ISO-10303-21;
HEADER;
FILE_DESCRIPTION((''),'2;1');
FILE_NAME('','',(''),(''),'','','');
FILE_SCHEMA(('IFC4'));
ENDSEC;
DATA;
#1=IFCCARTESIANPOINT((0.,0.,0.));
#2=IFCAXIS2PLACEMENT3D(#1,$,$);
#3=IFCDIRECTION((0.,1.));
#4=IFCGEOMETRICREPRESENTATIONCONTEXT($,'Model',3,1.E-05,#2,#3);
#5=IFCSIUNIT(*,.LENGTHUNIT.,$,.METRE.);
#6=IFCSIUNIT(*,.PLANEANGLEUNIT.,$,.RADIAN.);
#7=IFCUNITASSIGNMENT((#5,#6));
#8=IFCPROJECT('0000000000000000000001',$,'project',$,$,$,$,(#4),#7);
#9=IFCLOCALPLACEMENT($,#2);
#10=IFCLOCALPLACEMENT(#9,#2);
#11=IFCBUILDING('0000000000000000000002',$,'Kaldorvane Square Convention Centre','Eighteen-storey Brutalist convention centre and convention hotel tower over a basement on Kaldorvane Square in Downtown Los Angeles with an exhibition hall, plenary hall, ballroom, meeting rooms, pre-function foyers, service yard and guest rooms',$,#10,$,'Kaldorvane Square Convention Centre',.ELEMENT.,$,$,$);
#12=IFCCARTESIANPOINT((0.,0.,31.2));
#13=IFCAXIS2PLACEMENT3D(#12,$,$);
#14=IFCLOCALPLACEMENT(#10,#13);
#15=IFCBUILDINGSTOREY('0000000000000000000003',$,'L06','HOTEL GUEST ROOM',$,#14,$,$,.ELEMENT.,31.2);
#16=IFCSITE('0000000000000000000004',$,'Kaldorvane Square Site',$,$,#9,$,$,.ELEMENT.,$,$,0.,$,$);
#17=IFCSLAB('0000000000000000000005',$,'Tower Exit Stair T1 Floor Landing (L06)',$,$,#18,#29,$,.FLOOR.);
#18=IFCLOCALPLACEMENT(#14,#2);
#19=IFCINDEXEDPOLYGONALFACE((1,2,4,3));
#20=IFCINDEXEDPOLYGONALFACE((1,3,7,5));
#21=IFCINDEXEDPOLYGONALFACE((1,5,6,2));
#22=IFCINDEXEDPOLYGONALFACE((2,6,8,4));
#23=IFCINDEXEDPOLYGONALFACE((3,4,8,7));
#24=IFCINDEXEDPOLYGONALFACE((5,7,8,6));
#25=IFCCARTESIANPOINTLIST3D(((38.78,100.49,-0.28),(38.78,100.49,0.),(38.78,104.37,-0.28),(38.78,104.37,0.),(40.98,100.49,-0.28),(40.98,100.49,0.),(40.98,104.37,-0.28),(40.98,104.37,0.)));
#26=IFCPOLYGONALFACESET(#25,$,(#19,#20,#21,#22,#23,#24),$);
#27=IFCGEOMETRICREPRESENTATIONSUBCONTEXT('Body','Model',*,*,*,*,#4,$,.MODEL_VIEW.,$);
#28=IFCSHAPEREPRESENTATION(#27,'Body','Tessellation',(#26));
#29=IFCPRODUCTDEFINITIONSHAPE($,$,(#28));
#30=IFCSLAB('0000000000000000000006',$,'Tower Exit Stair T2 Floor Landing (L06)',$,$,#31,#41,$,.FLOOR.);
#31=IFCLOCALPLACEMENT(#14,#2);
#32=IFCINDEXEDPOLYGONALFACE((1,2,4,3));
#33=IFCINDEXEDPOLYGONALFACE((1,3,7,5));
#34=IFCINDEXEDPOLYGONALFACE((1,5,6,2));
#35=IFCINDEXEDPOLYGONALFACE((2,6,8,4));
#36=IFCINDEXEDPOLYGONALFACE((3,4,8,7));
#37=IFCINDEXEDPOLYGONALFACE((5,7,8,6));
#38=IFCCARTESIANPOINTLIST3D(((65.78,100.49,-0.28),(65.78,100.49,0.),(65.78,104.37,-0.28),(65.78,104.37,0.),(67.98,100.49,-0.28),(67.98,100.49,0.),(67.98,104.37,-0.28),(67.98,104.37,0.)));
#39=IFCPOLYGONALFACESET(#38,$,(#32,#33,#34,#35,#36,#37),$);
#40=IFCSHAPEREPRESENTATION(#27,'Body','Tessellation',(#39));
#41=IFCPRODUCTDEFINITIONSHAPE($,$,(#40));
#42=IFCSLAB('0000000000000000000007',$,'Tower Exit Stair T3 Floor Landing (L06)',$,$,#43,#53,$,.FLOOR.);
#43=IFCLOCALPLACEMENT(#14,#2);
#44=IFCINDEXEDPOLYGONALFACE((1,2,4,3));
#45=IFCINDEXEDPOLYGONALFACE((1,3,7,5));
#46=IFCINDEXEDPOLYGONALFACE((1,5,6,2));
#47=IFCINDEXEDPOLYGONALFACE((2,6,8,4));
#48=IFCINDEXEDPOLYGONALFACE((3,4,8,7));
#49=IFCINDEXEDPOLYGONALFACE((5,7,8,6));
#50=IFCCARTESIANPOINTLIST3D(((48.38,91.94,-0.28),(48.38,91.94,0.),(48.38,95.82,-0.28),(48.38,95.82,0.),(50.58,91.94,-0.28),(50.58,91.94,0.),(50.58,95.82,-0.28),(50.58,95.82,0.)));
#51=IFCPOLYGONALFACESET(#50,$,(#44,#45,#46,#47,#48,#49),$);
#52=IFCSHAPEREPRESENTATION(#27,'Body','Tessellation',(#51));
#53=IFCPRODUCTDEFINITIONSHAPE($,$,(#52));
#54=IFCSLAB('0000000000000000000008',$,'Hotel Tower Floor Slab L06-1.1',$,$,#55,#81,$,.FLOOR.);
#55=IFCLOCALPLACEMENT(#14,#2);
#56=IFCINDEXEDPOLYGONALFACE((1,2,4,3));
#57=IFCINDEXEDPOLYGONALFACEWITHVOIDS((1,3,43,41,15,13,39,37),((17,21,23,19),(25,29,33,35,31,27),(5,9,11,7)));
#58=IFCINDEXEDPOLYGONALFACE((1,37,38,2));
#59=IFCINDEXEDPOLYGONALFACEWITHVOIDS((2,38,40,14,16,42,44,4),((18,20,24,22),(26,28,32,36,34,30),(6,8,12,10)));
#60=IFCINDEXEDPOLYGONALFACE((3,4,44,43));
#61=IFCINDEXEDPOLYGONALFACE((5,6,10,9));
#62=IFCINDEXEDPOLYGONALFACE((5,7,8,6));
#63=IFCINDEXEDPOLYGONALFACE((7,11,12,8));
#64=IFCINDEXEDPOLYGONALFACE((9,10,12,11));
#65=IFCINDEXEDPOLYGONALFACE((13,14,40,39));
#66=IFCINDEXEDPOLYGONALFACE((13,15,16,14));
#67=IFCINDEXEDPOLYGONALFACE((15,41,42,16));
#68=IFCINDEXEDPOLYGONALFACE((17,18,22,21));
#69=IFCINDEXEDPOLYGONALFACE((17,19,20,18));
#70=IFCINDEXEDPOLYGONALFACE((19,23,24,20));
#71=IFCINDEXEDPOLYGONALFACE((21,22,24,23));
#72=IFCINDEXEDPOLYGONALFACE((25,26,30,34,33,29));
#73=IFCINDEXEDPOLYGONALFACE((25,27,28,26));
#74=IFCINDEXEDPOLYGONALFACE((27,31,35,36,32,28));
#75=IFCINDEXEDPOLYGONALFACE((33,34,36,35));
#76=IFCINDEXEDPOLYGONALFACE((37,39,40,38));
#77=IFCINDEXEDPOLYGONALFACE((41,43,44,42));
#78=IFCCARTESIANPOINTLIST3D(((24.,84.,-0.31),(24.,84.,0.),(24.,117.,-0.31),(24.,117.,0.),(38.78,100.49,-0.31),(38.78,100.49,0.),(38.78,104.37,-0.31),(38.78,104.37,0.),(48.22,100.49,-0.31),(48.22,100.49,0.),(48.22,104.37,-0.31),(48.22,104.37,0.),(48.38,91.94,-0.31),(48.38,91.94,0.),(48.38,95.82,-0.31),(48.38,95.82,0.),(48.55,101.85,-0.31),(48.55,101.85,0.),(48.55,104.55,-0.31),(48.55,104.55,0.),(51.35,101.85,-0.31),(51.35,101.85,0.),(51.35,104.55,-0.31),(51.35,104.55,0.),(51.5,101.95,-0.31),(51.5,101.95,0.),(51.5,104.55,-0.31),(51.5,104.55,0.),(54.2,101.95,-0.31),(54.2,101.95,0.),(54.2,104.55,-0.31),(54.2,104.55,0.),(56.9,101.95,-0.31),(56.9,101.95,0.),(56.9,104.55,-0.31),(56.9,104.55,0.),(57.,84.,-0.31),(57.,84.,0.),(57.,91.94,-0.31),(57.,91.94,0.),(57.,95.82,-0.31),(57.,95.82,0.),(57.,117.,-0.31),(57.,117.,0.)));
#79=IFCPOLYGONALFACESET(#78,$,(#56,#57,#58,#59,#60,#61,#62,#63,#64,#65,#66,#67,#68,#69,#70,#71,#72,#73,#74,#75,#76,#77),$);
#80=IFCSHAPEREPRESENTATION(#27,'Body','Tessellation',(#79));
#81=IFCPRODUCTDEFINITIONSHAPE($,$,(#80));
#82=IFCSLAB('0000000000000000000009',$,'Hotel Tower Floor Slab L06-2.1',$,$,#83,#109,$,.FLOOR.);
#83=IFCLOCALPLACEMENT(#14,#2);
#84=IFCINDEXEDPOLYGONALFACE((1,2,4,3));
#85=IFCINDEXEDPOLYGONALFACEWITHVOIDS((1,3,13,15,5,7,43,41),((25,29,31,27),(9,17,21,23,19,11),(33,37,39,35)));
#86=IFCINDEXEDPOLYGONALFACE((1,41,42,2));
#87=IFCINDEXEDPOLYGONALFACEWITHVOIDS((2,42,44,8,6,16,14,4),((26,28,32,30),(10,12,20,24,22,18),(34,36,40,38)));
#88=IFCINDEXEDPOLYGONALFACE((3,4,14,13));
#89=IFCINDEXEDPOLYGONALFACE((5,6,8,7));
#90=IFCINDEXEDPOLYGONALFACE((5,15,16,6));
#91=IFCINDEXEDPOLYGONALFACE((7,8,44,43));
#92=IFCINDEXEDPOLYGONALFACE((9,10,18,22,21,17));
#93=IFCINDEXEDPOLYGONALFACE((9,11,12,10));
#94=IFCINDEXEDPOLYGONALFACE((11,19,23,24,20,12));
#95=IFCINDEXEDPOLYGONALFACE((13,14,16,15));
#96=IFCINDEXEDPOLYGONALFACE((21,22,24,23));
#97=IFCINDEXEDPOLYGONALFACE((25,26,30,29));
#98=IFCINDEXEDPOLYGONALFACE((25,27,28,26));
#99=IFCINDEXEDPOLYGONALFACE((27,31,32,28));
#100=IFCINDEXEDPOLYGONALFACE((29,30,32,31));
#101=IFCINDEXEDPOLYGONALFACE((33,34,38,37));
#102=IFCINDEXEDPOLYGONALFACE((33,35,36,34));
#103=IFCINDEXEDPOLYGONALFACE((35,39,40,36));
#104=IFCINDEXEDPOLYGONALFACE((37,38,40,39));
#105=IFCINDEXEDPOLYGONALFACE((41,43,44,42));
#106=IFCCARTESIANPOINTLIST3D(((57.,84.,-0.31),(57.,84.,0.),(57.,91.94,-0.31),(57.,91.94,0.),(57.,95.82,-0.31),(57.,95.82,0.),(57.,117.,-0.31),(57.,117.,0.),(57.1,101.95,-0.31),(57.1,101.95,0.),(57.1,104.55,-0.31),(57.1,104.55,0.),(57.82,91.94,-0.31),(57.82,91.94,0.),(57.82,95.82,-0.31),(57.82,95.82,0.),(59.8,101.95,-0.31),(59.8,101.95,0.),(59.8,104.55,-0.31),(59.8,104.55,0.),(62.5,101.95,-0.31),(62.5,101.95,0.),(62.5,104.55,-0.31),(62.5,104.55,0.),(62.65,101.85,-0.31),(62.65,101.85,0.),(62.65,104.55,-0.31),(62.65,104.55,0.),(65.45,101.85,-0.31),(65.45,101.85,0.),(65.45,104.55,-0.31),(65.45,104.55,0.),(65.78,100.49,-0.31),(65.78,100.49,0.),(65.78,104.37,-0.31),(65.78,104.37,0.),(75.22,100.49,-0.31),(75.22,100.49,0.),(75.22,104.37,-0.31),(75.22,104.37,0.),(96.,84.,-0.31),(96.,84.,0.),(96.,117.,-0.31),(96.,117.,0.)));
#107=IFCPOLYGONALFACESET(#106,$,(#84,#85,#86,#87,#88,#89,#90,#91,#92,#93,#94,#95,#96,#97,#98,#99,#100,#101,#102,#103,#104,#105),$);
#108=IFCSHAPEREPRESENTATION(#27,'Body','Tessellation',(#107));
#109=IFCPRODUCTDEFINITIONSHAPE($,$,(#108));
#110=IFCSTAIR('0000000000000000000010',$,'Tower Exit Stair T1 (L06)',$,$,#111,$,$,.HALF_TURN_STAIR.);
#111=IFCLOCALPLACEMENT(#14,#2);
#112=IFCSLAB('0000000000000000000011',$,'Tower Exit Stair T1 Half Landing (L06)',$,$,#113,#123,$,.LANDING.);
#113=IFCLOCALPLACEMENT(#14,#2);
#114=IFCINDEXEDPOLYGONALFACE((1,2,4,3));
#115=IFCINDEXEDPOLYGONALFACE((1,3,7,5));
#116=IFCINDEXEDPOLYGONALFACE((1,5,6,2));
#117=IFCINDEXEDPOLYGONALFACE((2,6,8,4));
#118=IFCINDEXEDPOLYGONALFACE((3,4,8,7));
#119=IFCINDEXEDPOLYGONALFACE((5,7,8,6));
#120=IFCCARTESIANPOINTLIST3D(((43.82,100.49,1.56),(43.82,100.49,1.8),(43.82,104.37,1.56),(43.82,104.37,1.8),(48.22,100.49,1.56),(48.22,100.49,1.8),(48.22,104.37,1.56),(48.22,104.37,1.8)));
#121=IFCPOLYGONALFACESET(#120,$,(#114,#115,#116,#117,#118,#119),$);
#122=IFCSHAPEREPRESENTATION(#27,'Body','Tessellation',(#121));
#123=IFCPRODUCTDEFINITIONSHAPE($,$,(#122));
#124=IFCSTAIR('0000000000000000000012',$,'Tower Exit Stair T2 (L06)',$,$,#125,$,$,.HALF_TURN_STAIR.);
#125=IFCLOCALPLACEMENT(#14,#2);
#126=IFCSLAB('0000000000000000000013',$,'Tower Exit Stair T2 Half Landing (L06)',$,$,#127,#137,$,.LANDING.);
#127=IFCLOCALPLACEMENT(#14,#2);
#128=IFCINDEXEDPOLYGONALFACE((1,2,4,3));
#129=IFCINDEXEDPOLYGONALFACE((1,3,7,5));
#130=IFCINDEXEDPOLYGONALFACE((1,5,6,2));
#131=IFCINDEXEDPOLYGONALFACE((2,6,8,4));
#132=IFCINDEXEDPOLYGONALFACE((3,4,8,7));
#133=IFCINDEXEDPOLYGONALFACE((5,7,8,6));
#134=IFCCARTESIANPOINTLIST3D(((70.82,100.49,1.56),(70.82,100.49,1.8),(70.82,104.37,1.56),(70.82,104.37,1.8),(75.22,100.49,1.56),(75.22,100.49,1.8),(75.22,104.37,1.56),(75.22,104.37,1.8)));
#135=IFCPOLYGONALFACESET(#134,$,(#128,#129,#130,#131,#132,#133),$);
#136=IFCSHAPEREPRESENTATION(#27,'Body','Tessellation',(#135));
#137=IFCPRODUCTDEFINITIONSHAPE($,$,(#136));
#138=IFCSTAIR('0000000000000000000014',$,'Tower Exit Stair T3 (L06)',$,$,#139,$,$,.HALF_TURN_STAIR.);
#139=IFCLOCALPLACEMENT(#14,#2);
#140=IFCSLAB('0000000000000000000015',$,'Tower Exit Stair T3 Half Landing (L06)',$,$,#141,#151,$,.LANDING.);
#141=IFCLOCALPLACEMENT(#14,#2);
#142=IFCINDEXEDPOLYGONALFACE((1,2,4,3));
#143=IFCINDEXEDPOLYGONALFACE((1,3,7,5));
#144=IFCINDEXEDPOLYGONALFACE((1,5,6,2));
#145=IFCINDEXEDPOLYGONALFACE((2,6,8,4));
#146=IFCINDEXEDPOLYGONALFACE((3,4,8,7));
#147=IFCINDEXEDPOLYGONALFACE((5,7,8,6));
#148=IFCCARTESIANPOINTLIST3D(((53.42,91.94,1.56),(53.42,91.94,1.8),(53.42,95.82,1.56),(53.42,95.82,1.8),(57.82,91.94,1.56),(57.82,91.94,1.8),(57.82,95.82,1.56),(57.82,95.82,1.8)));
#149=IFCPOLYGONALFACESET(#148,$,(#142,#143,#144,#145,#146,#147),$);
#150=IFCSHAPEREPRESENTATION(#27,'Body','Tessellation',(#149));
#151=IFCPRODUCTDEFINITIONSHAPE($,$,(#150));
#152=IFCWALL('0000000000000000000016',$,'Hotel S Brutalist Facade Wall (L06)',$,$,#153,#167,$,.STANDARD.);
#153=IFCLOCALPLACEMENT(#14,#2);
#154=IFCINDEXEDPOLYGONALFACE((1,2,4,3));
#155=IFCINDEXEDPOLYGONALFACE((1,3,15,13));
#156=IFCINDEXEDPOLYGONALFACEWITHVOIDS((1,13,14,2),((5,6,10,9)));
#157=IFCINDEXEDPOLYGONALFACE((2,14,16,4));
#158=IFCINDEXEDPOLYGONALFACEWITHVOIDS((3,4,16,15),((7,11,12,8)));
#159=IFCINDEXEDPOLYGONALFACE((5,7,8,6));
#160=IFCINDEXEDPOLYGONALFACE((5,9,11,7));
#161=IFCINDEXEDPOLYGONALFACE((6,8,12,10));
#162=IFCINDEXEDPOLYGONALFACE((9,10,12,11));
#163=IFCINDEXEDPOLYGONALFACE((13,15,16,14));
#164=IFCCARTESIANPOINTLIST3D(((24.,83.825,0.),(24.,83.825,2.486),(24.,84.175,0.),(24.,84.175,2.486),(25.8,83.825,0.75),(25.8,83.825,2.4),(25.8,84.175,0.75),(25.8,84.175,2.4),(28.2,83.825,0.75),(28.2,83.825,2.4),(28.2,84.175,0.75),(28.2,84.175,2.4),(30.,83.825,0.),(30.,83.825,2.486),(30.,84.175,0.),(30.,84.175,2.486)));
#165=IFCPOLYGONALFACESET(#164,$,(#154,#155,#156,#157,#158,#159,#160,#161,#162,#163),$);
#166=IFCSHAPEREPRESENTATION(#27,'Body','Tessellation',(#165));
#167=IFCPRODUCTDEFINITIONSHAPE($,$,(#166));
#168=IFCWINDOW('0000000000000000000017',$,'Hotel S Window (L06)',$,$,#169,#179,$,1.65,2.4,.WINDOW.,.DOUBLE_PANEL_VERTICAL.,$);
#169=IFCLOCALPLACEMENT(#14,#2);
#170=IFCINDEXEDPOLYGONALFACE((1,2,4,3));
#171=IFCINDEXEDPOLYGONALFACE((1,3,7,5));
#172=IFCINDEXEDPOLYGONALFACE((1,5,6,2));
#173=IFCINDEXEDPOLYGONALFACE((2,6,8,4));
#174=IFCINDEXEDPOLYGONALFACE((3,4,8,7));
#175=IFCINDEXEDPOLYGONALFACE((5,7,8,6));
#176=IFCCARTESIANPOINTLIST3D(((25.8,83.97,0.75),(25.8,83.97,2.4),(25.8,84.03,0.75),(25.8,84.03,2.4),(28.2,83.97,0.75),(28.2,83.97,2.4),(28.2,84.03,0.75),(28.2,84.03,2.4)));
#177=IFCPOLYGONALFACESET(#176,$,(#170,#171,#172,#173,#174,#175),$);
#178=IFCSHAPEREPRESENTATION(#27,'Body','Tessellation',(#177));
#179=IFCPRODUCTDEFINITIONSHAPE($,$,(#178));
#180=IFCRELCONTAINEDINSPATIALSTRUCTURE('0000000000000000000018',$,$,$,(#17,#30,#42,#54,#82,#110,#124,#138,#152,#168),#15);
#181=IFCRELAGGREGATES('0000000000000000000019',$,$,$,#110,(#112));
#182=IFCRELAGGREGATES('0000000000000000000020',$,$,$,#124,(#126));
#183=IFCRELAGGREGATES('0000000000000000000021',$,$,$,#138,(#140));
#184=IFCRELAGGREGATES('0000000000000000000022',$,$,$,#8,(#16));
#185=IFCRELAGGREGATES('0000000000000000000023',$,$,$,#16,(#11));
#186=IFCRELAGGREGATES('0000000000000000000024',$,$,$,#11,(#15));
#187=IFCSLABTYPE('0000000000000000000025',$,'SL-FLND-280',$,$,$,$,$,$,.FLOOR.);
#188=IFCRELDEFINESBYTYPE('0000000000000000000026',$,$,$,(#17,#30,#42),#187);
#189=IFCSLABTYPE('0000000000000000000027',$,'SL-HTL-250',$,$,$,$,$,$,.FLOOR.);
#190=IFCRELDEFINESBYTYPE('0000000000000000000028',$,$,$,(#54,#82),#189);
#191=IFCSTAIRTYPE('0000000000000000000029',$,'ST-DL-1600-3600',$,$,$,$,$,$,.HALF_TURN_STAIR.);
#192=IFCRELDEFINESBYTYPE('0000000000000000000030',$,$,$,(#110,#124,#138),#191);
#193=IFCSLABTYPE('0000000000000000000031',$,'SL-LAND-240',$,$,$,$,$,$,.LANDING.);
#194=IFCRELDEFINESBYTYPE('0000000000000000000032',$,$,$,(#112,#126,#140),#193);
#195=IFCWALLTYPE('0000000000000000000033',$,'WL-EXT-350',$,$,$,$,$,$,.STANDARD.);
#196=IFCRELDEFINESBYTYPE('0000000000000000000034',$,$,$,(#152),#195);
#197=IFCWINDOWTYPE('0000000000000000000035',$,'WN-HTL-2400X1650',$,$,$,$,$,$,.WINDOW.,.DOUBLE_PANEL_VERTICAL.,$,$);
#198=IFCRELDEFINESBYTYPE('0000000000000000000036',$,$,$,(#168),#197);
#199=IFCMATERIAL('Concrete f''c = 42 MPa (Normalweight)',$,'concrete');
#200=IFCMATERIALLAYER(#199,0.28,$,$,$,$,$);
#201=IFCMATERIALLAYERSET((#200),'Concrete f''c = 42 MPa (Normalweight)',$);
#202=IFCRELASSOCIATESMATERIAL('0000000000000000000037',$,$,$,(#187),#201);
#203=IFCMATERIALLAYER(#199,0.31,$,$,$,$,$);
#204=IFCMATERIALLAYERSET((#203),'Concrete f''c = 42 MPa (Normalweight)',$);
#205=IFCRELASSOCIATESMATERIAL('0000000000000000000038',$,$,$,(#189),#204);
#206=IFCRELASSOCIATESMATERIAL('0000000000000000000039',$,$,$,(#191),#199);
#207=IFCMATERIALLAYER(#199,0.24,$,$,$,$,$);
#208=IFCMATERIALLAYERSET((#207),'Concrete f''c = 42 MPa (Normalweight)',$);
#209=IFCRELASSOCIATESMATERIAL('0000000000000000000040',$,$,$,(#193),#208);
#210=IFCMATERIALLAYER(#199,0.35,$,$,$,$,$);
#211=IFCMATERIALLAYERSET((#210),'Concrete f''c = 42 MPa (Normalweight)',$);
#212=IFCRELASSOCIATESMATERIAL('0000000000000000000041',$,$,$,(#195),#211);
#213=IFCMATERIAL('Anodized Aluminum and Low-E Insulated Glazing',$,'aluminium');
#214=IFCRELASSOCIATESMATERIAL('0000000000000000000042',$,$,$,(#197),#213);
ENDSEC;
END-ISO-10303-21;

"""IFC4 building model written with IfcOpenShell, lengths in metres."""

from ifc_helpers import new_model, si_unit, direction, frame, frame_2d, origin, place, context, subcontext, project, spatial, polyline, rectangle, outline, extrude, material, layer, layer_set, type_object, element, fill, aggregate, save


model = new_model("IFC4")

# Units and contexts
model_context = context("Model", 3, precision=1e-05, world=origin(), true_north=direction((0.0, 1.0)))
body_context = subcontext(model_context, "Body", "Model", "MODEL_VIEW")
ifc_project = project(units=[si_unit("LENGTHUNIT", "METRE"), si_unit("PLANEANGLEUNIT", "RADIAN")], contexts=[model_context])

# Site, building, storey
site_placement = place(None, origin())
site = spatial("IfcSite", under=ifc_project, at=site_placement, Name="Kaldorvane Square Site", CompositionType="ELEMENT", RefElevation=0.0)
building_placement = place(site_placement, origin())
building = spatial("IfcBuilding", under=site, at=building_placement, Name="Kaldorvane Square Convention Centre", Description="Eighteen-storey Brutalist convention centre and convention hotel tower over a basement on Kaldorvane Square in Downtown Los Angeles with an exhibition hall, plenary hall, ballroom, meeting rooms, pre-function foyers, service yard and guest rooms", LongName="Kaldorvane Square Convention Centre", CompositionType="ELEMENT")
storey_placement = place(building_placement, frame((0.0, 0.0, 31.2)))
storey = spatial("IfcBuildingStorey", under=building, at=storey_placement, Name="L06", Description="HOTEL GUEST ROOM", CompositionType="ELEMENT", Elevation=31.2)

# Shared definitions
ifc_material_1 = material(Name="Concrete f'c = 42 MPa (Normalweight)", Category="concrete")

# Slabs
ifc_layer_1 = layer(ifc_material_1, 0.28)
ifc_layer_set_1 = layer_set([ifc_layer_1], Name="Concrete f'c = 42 MPa (Normalweight)")
slab_type_1 = type_object("IfcSlabType", Name="SL-FLND-280", PredefinedType="FLOOR", material=ifc_layer_set_1)
slab_1_placement = place(storey_placement, frame((0.0, 0.0, -0.28)))
element("IfcSlab", 1, at=slab_1_placement, inside=storey, type_object=slab_type_1, Name="Tower Exit Stair T1 Floor Landing (L06)", PredefinedType="FLOOR", context=body_context, shape_type="SweptSolid", body=[
    extrude(outline(polyline([(38.78, 100.49), (40.98, 100.49), (40.98, 104.37), (38.78, 104.37), (38.78, 100.49)])), origin(), (0.0, 0.0, 1.0), 0.28),
])
slab_2_placement = place(storey_placement, frame((0.0, 0.0, -0.28)))
element("IfcSlab", 2, at=slab_2_placement, inside=storey, type_object=slab_type_1, Name="Tower Exit Stair T2 Floor Landing (L06)", PredefinedType="FLOOR", context=body_context, shape_type="SweptSolid", body=[
    extrude(outline(polyline([(65.78, 100.49), (67.98, 100.49), (67.98, 104.37), (65.78, 104.37), (65.78, 100.49)])), origin(), (0.0, 0.0, 1.0), 0.28),
])
slab_3_placement = place(storey_placement, frame((0.0, 0.0, -0.28)))
element("IfcSlab", 3, at=slab_3_placement, inside=storey, type_object=slab_type_1, Name="Tower Exit Stair T3 Floor Landing (L06)", PredefinedType="FLOOR", context=body_context, shape_type="SweptSolid", body=[
    extrude(outline(polyline([(48.38, 91.94), (50.58, 91.94), (50.58, 95.82), (48.38, 95.82), (48.38, 91.94)])), origin(), (0.0, 0.0, 1.0), 0.28),
])
ifc_layer_2 = layer(ifc_material_1, 0.31)
ifc_layer_set_2 = layer_set([ifc_layer_2], Name="Concrete f'c = 42 MPa (Normalweight)")
slab_type_2 = type_object("IfcSlabType", Name="SL-HTL-250", PredefinedType="FLOOR", material=ifc_layer_set_2)
slab_4_placement = place(storey_placement, frame((0.0, 0.0, -0.31)))
element("IfcSlab", 4, at=slab_4_placement, inside=storey, type_object=slab_type_2, Name="Hotel Tower Floor Slab L06-1.1", PredefinedType="FLOOR", context=body_context, shape_type="SweptSolid", body=[
    extrude(outline(polyline([(24.0, 117.0), (57.0, 117.0), (57.0, 95.82), (48.38, 95.82), (48.38, 91.94), (57.0, 91.94), (57.0, 84.0), (24.0, 84.0), (24.0, 117.0)]), holes=[polyline([(38.78, 104.37), (38.78, 100.49), (48.22, 100.49), (48.22, 104.37), (38.78, 104.37)]), polyline([(48.55, 104.55), (48.55, 101.85), (51.35, 101.85), (51.35, 104.55), (48.55, 104.55)]), polyline([(51.5, 104.55), (51.5, 101.95), (54.2, 101.95), (56.9, 101.95), (56.9, 104.55), (54.2, 104.55), (51.5, 104.55)])]), origin(), (0.0, 0.0, 1.0), 0.31),
])
slab_5_placement = place(storey_placement, frame((0.0, 0.0, -0.31)))
element("IfcSlab", 5, at=slab_5_placement, inside=storey, type_object=slab_type_2, Name="Hotel Tower Floor Slab L06-2.1", PredefinedType="FLOOR", context=body_context, shape_type="SweptSolid", body=[
    extrude(outline(polyline([(96.0, 117.0), (96.0, 84.0), (57.0, 84.0), (57.0, 91.94), (57.82, 91.94), (57.82, 95.82), (57.0, 95.82), (57.0, 117.0), (96.0, 117.0)]), holes=[polyline([(65.78, 104.37), (65.78, 100.49), (75.22, 100.49), (75.22, 104.37), (65.78, 104.37)]), polyline([(62.65, 104.55), (62.65, 101.85), (65.45, 101.85), (65.45, 104.55), (62.65, 104.55)]), polyline([(57.1, 104.55), (57.1, 101.95), (59.8, 101.95), (62.5, 101.95), (62.5, 104.55), (59.8, 104.55), (57.1, 104.55)])]), origin(), (0.0, 0.0, 1.0), 0.31),
])

# Stairs, slabs
stair_type = type_object("IfcStairType", Name="ST-DL-1600-3600", PredefinedType="HALF_TURN_STAIR", material=ifc_material_1)
stair_1_placement = place(storey_placement, origin())
stair_1 = element("IfcStair", 6, at=stair_1_placement, inside=storey, type_object=stair_type, Name="Tower Exit Stair T1 (L06)", PredefinedType="HALF_TURN_STAIR")
ifc_layer_3 = layer(ifc_material_1, 0.24)
ifc_layer_set_3 = layer_set([ifc_layer_3], Name="Concrete f'c = 42 MPa (Normalweight)")
slab_type_3 = type_object("IfcSlabType", Name="SL-LAND-240", PredefinedType="LANDING", material=ifc_layer_set_3)
slab_6_placement = place(storey_placement, frame((0.0, 0.0, 1.56)))
slab_6 = element("IfcSlab", 7, at=slab_6_placement, type_object=slab_type_3, Name="Tower Exit Stair T1 Half Landing (L06)", PredefinedType="LANDING", context=body_context, shape_type="SweptSolid", body=[
    extrude(outline(polyline([(43.82, 100.49), (48.22, 100.49), (48.22, 104.37), (43.82, 104.37), (43.82, 100.49)])), origin(), (0.0, 0.0, 1.0), 0.24),
])
aggregate(stair_1, [slab_6])
stair_2_placement = place(storey_placement, origin())
stair_2 = element("IfcStair", 8, at=stair_2_placement, inside=storey, type_object=stair_type, Name="Tower Exit Stair T2 (L06)", PredefinedType="HALF_TURN_STAIR")
slab_7_placement = place(storey_placement, frame((0.0, 0.0, 1.56)))
slab_7 = element("IfcSlab", 9, at=slab_7_placement, type_object=slab_type_3, Name="Tower Exit Stair T2 Half Landing (L06)", PredefinedType="LANDING", context=body_context, shape_type="SweptSolid", body=[
    extrude(outline(polyline([(70.82, 100.49), (75.22, 100.49), (75.22, 104.37), (70.82, 104.37), (70.82, 100.49)])), origin(), (0.0, 0.0, 1.0), 0.24),
])
aggregate(stair_2, [slab_7])
stair_3_placement = place(storey_placement, origin())
stair_3 = element("IfcStair", 10, at=stair_3_placement, inside=storey, type_object=stair_type, Name="Tower Exit Stair T3 (L06)", PredefinedType="HALF_TURN_STAIR")
slab_8_placement = place(storey_placement, frame((0.0, 0.0, 1.56)))
slab_8 = element("IfcSlab", 11, at=slab_8_placement, type_object=slab_type_3, Name="Tower Exit Stair T3 Half Landing (L06)", PredefinedType="LANDING", context=body_context, shape_type="SweptSolid", body=[
    extrude(outline(polyline([(53.42, 91.94), (57.82, 91.94), (57.82, 95.82), (53.42, 95.82), (53.42, 91.94)])), origin(), (0.0, 0.0, 1.0), 0.24),
])
aggregate(stair_3, [slab_8])

# Wall, opening, window
ifc_layer_4 = layer(ifc_material_1, 0.35)
ifc_layer_set_4 = layer_set([ifc_layer_4], Name="Concrete f'c = 42 MPa (Normalweight)")
wall_type = type_object("IfcWallType", Name="WL-EXT-350", PredefinedType="STANDARD", material=ifc_layer_set_4)
wall_1_placement = place(storey_placement, frame((24.0, 84.0, 0.0), z_axis=(0.0, 0.0, 1.0), x_axis=(1.0, 0.0, 0.0)))
wall_1 = element("IfcWall", 12, at=wall_1_placement, inside=storey, type_object=wall_type, Name="Hotel S Brutalist Facade Wall (L06)", PredefinedType="STANDARD", context=body_context, shape_type="SweptSolid", body=[
    extrude(rectangle(XDim=6.0, YDim=0.35, at=frame_2d((3.0, 0.0))), origin(), (0.0, 0.0, 1.0), 2.486),
])
opening_1_placement = place(wall_1_placement, frame((1.8, 0.0, 0.75)))
opening_1 = element("IfcOpeningElement", 13, at=opening_1_placement, cuts=wall_1, PredefinedType="OPENING", context=body_context, shape_type="SweptSolid", body=[
    extrude(rectangle(XDim=2.4, YDim=1.65, at=frame_2d((1.2, 0.825))), frame((0.0, 0.19, 0.0), z_axis=(0.0, -1.0, 0.0), x_axis=(1.0, 0.0, 0.0)), (0.0, 0.0, 1.0), 0.38),
])
ifc_material_2 = material(Name="Anodized Aluminum and Low-E Insulated Glazing", Category="aluminium")
window_type = type_object("IfcWindowType", Name="WN-HTL-2400X1650", PartitioningType="DOUBLE_PANEL_VERTICAL", PredefinedType="WINDOW", material=ifc_material_2)
window_1_placement = place(opening_1_placement, origin())
window_1 = element("IfcWindow", 14, at=window_1_placement, inside=storey, type_object=window_type, Name="Hotel S Window (L06)", OverallHeight=1.65, OverallWidth=2.4, PartitioningType="DOUBLE_PANEL_VERTICAL", PredefinedType="WINDOW", context=body_context, shape_type="SweptSolid", body=[
    extrude(rectangle(XDim=2.4, YDim=1.65, at=frame_2d((1.2, 0.825))), frame((0.0, 0.03, 0.0), z_axis=(0.0, -1.0, 0.0), x_axis=(1.0, 0.0, 0.0)), (0.0, 0.0, 1.0), 0.06),
])
fill(opening_1, window_1)

save(model, "model.ifc")
